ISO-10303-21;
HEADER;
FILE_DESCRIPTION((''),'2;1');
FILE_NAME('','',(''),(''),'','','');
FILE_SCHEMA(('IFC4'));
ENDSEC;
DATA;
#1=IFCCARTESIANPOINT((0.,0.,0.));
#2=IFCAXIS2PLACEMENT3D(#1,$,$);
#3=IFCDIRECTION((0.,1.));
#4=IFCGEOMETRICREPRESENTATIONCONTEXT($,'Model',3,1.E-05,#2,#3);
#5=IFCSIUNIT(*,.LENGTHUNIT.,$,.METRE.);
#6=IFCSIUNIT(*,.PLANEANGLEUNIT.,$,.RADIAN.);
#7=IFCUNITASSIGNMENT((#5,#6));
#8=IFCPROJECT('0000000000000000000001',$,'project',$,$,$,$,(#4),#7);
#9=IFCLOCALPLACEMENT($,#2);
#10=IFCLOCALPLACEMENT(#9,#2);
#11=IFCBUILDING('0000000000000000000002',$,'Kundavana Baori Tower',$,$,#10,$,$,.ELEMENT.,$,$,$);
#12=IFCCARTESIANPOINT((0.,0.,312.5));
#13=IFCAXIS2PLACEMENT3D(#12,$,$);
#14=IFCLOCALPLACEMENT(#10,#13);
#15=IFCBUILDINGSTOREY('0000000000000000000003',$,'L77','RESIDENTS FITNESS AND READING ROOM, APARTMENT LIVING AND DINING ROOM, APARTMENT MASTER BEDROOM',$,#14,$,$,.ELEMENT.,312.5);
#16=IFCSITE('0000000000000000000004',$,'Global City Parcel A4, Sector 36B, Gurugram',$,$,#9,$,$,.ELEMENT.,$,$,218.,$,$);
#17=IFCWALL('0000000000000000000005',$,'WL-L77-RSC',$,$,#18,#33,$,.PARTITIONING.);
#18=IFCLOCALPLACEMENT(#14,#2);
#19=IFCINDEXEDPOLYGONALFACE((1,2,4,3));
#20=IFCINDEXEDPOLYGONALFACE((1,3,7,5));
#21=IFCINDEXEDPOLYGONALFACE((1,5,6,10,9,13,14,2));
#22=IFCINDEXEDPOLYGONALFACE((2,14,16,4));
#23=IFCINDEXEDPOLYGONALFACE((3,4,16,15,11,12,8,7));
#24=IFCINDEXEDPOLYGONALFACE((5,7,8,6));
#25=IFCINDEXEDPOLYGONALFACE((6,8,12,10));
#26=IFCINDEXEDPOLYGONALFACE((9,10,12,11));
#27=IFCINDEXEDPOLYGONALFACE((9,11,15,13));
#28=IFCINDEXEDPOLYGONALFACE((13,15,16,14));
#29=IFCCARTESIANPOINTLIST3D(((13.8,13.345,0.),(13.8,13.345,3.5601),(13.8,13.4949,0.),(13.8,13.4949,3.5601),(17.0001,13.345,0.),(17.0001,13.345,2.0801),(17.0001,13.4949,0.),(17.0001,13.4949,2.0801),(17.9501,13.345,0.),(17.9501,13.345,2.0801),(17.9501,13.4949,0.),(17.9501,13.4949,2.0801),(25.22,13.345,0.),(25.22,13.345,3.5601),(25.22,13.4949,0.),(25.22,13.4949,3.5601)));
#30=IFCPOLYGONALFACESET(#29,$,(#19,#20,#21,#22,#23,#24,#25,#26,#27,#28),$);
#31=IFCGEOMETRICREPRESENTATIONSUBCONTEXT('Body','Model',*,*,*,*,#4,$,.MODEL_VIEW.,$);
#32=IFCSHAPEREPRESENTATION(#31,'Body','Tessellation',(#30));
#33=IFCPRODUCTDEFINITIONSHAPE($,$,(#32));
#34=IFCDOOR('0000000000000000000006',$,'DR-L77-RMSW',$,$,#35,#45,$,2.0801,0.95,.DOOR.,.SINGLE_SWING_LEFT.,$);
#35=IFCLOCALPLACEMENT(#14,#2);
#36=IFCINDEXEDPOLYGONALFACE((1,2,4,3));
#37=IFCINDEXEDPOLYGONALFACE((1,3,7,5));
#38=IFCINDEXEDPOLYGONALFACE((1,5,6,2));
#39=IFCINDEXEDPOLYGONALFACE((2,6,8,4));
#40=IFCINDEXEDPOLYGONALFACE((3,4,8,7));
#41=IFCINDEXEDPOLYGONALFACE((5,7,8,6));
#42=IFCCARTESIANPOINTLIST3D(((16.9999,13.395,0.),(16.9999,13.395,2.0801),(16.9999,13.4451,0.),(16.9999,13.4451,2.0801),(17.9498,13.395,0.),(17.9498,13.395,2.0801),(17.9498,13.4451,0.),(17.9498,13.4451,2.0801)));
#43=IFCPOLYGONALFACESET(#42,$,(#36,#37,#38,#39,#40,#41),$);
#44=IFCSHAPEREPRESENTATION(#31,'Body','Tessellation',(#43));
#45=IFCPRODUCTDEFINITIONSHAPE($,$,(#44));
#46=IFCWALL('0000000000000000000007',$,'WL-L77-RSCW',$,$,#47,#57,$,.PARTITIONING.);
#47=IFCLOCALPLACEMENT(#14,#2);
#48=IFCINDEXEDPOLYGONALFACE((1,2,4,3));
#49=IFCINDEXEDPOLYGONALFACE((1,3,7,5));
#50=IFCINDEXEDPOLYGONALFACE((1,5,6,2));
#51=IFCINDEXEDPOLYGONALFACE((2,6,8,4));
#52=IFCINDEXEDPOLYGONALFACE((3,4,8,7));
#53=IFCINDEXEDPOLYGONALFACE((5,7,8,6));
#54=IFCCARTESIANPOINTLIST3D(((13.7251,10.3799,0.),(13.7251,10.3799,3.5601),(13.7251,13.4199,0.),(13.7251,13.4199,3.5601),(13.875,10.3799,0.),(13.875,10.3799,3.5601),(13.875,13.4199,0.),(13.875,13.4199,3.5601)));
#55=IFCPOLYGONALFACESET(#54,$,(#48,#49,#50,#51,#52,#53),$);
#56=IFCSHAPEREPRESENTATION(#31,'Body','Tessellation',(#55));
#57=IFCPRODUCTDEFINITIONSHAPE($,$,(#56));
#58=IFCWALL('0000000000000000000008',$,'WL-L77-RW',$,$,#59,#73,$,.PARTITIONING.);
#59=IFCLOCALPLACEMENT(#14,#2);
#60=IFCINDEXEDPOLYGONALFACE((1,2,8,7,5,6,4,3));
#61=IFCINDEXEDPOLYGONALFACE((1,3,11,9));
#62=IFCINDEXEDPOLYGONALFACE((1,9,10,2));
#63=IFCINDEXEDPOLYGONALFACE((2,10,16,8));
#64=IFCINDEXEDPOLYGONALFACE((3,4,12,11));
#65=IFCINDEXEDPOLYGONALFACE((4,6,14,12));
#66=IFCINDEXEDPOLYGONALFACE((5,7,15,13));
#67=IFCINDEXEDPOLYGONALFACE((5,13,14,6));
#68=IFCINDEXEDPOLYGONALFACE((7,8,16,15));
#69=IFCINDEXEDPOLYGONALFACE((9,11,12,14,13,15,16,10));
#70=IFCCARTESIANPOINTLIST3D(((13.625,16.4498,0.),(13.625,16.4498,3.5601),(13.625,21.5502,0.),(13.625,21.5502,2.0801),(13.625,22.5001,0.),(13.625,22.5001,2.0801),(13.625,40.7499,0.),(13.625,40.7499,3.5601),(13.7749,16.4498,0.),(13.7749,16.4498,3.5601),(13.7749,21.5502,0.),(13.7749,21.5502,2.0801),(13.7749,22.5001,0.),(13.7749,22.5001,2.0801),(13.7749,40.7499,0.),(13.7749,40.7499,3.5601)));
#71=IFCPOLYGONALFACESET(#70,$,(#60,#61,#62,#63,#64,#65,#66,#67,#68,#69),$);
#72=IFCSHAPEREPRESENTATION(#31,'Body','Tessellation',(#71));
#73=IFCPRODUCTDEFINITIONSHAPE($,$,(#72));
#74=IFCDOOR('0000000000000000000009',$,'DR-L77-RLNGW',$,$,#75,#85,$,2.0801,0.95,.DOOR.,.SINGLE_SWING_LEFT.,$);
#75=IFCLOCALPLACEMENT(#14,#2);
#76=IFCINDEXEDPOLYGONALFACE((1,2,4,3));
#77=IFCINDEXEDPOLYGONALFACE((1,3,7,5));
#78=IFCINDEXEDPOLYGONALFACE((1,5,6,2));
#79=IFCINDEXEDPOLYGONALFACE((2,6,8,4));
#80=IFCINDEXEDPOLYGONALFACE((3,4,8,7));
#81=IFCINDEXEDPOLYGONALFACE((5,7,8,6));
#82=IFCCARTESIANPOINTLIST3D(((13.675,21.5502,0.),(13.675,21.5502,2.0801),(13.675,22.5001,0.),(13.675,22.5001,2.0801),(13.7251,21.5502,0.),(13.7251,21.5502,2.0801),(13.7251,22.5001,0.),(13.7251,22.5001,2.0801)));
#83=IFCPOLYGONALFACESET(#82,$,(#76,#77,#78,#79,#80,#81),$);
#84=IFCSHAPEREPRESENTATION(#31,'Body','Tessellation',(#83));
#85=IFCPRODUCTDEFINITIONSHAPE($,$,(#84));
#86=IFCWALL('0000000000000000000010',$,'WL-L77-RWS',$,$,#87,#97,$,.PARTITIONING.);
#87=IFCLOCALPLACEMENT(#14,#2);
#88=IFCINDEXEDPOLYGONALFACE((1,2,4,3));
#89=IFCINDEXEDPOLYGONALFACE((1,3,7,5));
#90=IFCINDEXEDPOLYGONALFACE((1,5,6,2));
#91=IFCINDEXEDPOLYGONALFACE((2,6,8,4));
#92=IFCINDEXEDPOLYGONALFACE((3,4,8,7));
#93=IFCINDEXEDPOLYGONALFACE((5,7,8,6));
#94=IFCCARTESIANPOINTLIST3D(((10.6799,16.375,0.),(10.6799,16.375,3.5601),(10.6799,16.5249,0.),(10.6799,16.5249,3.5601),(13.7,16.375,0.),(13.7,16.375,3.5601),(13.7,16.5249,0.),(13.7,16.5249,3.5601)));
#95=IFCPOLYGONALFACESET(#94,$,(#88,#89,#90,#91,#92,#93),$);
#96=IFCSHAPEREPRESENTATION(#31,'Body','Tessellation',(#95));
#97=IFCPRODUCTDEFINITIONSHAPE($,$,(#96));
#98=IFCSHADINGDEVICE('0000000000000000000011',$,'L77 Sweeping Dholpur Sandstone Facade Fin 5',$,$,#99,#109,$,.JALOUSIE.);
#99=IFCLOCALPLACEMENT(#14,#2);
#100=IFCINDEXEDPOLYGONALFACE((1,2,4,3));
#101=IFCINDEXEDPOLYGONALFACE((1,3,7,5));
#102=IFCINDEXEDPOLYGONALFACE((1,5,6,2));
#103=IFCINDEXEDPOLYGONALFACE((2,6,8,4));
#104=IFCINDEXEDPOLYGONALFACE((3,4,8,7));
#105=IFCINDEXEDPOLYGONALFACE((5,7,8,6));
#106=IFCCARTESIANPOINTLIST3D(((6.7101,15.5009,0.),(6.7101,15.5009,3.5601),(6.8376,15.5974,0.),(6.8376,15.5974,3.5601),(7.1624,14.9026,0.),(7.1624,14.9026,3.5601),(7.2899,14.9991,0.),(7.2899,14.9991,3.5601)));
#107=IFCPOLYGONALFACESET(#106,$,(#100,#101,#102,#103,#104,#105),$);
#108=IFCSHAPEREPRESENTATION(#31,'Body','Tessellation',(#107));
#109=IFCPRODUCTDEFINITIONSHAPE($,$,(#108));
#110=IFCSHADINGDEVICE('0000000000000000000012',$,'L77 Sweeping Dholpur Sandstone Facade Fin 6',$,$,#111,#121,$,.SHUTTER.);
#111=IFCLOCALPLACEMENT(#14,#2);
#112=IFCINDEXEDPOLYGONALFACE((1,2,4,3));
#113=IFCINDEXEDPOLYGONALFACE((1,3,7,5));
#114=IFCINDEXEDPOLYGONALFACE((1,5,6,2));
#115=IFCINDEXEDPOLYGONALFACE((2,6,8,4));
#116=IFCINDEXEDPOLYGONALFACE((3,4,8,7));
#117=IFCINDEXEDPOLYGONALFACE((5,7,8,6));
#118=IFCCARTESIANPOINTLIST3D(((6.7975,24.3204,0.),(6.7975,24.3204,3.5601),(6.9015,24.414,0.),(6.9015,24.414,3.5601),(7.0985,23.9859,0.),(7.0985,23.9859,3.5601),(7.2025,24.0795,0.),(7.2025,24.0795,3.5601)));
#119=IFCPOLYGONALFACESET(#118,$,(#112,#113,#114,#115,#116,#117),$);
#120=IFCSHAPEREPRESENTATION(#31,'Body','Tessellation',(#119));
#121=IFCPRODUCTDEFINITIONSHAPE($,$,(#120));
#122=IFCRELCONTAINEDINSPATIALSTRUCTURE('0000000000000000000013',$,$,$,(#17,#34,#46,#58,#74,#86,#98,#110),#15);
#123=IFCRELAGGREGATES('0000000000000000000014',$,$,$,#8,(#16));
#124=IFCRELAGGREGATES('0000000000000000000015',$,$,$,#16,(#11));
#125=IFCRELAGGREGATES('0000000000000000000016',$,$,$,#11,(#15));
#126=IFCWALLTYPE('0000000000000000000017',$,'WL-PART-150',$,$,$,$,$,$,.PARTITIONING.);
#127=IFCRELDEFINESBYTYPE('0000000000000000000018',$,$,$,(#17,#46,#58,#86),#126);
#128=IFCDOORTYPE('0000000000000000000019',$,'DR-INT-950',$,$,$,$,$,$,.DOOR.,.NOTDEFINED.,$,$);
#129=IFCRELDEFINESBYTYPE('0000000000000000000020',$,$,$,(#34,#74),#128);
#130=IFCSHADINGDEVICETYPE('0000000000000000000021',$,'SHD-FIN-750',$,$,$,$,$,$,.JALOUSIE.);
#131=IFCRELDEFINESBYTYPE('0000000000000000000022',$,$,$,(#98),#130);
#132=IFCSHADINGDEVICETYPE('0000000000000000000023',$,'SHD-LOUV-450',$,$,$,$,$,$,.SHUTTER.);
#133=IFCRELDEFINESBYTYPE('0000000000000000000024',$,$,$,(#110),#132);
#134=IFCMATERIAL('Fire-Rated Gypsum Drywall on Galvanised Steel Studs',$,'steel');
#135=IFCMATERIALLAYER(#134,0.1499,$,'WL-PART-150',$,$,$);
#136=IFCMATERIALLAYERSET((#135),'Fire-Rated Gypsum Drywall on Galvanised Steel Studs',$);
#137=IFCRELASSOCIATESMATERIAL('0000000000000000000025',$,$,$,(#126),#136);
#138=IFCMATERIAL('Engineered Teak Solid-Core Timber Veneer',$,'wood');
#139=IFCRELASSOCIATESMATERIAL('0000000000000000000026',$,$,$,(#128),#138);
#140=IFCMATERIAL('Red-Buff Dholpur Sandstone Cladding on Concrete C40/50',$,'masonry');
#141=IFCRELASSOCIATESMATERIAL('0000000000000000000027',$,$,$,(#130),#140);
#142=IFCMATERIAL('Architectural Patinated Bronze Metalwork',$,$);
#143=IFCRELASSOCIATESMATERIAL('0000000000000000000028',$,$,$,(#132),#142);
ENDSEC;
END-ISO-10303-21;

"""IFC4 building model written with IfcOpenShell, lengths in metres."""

from ifc_helpers import new_model, si_unit, direction, frame, frame_2d, origin, origin_2d, place, context, subcontext, project, spatial, rectangle, extrude, material, layer, layer_set, type_object, element, fill, save


model = new_model("IFC4")

# Units and contexts
model_context = context("Model", 3, precision=1e-05, world=origin(), true_north=direction((0.0, 1.0)))
body_context = subcontext(model_context, "Body", "Model", "MODEL_VIEW")
ifc_project = project(units=[si_unit("LENGTHUNIT", "METRE"), si_unit("PLANEANGLEUNIT", "RADIAN")], contexts=[model_context])

# Site, building, storey
site_placement = place(None, origin())
site = spatial("IfcSite", under=ifc_project, at=site_placement, Name="Global City Parcel A4, Sector 36B, Gurugram", CompositionType="ELEMENT", RefElevation=218.0)
building_placement = place(site_placement, origin())
building = spatial("IfcBuilding", under=site, at=building_placement, Name="Kundavana Baori Tower", CompositionType="ELEMENT")
storey_placement = place(building_placement, frame((0.0, 0.0, 312.5)))
storey = spatial("IfcBuildingStorey", under=building, at=storey_placement, Name="L77", Description="RESIDENTS FITNESS AND READING ROOM, APARTMENT LIVING AND DINING ROOM, APARTMENT MASTER BEDROOM", CompositionType="ELEMENT", Elevation=312.5)

# Wall, opening, door
ifc_material_1 = material(Name="Fire-Rated Gypsum Drywall on Galvanised Steel Studs", Category="steel")
ifc_layer_1 = layer(ifc_material_1, 0.1499, Name="WL-PART-150")
ifc_layer_set_1 = layer_set([ifc_layer_1], Name="Fire-Rated Gypsum Drywall on Galvanised Steel Studs")
wall_type_1 = type_object("IfcWallType", Name="WL-PART-150", PredefinedType="PARTITIONING", material=ifc_layer_set_1)
wall_1_placement = place(storey_placement, frame((13.8, 13.4199, 0.0), z_axis=(0.0, 0.0, 1.0), x_axis=(1.0, 0.0, 0.0)))
wall_1 = element("IfcWall", 1, at=wall_1_placement, inside=storey, type_object=wall_type_1, Name="WL-L77-RSC", PredefinedType="PARTITIONING", context=body_context, shape_type="SweptSolid", body=[
    extrude(rectangle(XDim=11.4199, YDim=0.1499, at=frame_2d((5.71, 0.0))), origin(), (0.0, 0.0, 1.0), 3.5601),
])
opening_1_placement = place(wall_1_placement, frame((3.2, 0.0, 0.0)))
opening_1 = element("IfcOpeningElement", 2, at=opening_1_placement, cuts=wall_1, PredefinedType="OPENING", context=body_context, shape_type="SweptSolid", body=[
    extrude(rectangle(XDim=0.95, YDim=2.0801, at=frame_2d((0.4751, 1.04))), frame((0.0, 0.085, 0.0), z_axis=(0.0, -1.0, 0.0), x_axis=(1.0, 0.0, 0.0)), (0.0, 0.0, 1.0), 0.1699),
])
ifc_material_2 = material(Name="Engineered Teak Solid-Core Timber Veneer", Category="wood")
door_type_1 = type_object("IfcDoorType", Name="DR-INT-950", OperationType="NOTDEFINED", PredefinedType="DOOR", material=ifc_material_2)
door_1_placement = place(opening_1_placement, frame((0.95, 0.0, 0.0), z_axis=(0.0, 0.0, 1.0), x_axis=(-1.0, 0.0, 0.0)))
door_1 = element("IfcDoor", 3, at=door_1_placement, inside=storey, type_object=door_type_1, Name="DR-L77-RMSW", OperationType="SINGLE_SWING_LEFT", OverallHeight=2.0801, OverallWidth=0.95, PredefinedType="DOOR", context=body_context, shape_type="SweptSolid", body=[
    extrude(rectangle(XDim=0.95, YDim=2.0801, at=frame_2d((0.4751, 1.04))), frame((0.0, 0.0249, 0.0), z_axis=(0.0, -1.0, 0.0), x_axis=(1.0, 0.0, 0.0)), (0.0, 0.0, 1.0), 0.05),
])
fill(opening_1, door_1)

# Wall
wall_2_placement = place(storey_placement, frame((13.8, 10.3799, 0.0), z_axis=(0.0, 0.0, 1.0), x_axis=(0.0, 1.0, 0.0)))
element("IfcWall", 4, at=wall_2_placement, inside=storey, type_object=wall_type_1, Name="WL-L77-RSCW", PredefinedType="PARTITIONING", context=body_context, shape_type="SweptSolid", body=[
    extrude(rectangle(XDim=3.04, YDim=0.1499, at=frame_2d((1.52, 0.0))), origin(), (0.0, 0.0, 1.0), 3.5601),
])

# Wall, opening, door
wall_3_placement = place(storey_placement, frame((13.7, 16.45, 0.0), z_axis=(0.0, 0.0, 1.0), x_axis=(0.0, 1.0, 0.0)))
wall_3 = element("IfcWall", 5, at=wall_3_placement, inside=storey, type_object=wall_type_1, Name="WL-L77-RW", PredefinedType="PARTITIONING", context=body_context, shape_type="SweptSolid", body=[
    extrude(rectangle(XDim=24.3, YDim=0.1499, at=frame_2d((12.1499, 0.0))), origin(), (0.0, 0.0, 1.0), 3.5601),
])
opening_2_placement = place(wall_3_placement, frame((5.1001, 0.0, 0.0)))
opening_2 = element("IfcOpeningElement", 6, at=opening_2_placement, cuts=wall_3, PredefinedType="OPENING", context=body_context, shape_type="SweptSolid", body=[
    extrude(rectangle(XDim=0.95, YDim=2.0801, at=frame_2d((0.4751, 1.04))), frame((0.0, 0.085, 0.0), z_axis=(0.0, -1.0, 0.0), x_axis=(1.0, 0.0, 0.0)), (0.0, 0.0, 1.0), 0.1699),
])
door_2_placement = place(opening_2_placement, origin())
door_2 = element("IfcDoor", 7, at=door_2_placement, inside=storey, type_object=door_type_1, Name="DR-L77-RLNGW", OperationType="SINGLE_SWING_LEFT", OverallHeight=2.0801, OverallWidth=0.95, PredefinedType="DOOR", context=body_context, shape_type="SweptSolid", body=[
    extrude(rectangle(XDim=0.95, YDim=2.0801, at=frame_2d((0.4751, 1.04))), frame((0.0, 0.0249, 0.0), z_axis=(0.0, -1.0, 0.0), x_axis=(1.0, 0.0, 0.0)), (0.0, 0.0, 1.0), 0.05),
])
fill(opening_2, door_2)

# Wall
wall_4_placement = place(storey_placement, frame((10.6799, 16.45, 0.0), z_axis=(0.0, 0.0, 1.0), x_axis=(1.0, 0.0, 0.0)))
element("IfcWall", 8, at=wall_4_placement, inside=storey, type_object=wall_type_1, Name="WL-L77-RWS", PredefinedType="PARTITIONING", context=body_context, shape_type="SweptSolid", body=[
    extrude(rectangle(XDim=3.02, YDim=0.1499, at=frame_2d((1.51, 0.0))), origin(), (0.0, 0.0, 1.0), 3.5601),
])

# Shading devices
ifc_material_3 = material(Name="Red-Buff Dholpur Sandstone Cladding on Concrete C40/50", Category="masonry")
shading_device_type_1 = type_object("IfcShadingDeviceType", Name="SHD-FIN-750", PredefinedType="JALOUSIE", material=ifc_material_3)
shading_device_1_placement = place(storey_placement, frame((7.0, 15.25, 0.0), z_axis=(0.0, 0.0, 1.0), x_axis=(0.797689, 0.603069, 0.0)))
element("IfcShadingDevice", 9, at=shading_device_1_placement, inside=storey, type_object=shading_device_type_1, Name="L77 Sweeping Dholpur Sandstone Facade Fin 5", PredefinedType="JALOUSIE", context=body_context, shape_type="SweptSolid", body=[
    extrude(rectangle(XDim=0.1599, YDim=0.75, at=origin_2d()), origin(), (0.0, 0.0, 1.0), 3.5601),
])
ifc_material_4 = material(Name="Architectural Patinated Bronze Metalwork")
shading_device_type_2 = type_object("IfcShadingDeviceType", Name="SHD-LOUV-450", PredefinedType="SHUTTER", material=ifc_material_4)
shading_device_2_placement = place(storey_placement, frame((7.0, 24.2, 0.0), z_axis=(0.0, 0.0, 1.0), x_axis=(0.743262, 0.669001, 0.0)))
element("IfcShadingDevice", 10, at=shading_device_2_placement, inside=storey, type_object=shading_device_type_2, Name="L77 Sweeping Dholpur Sandstone Facade Fin 6", PredefinedType="SHUTTER", context=body_context, shape_type="SweptSolid", body=[
    extrude(rectangle(XDim=0.1399, YDim=0.45, at=origin_2d()), origin(), (0.0, 0.0, 1.0), 3.5601),
])

save(model, "model.ifc")
